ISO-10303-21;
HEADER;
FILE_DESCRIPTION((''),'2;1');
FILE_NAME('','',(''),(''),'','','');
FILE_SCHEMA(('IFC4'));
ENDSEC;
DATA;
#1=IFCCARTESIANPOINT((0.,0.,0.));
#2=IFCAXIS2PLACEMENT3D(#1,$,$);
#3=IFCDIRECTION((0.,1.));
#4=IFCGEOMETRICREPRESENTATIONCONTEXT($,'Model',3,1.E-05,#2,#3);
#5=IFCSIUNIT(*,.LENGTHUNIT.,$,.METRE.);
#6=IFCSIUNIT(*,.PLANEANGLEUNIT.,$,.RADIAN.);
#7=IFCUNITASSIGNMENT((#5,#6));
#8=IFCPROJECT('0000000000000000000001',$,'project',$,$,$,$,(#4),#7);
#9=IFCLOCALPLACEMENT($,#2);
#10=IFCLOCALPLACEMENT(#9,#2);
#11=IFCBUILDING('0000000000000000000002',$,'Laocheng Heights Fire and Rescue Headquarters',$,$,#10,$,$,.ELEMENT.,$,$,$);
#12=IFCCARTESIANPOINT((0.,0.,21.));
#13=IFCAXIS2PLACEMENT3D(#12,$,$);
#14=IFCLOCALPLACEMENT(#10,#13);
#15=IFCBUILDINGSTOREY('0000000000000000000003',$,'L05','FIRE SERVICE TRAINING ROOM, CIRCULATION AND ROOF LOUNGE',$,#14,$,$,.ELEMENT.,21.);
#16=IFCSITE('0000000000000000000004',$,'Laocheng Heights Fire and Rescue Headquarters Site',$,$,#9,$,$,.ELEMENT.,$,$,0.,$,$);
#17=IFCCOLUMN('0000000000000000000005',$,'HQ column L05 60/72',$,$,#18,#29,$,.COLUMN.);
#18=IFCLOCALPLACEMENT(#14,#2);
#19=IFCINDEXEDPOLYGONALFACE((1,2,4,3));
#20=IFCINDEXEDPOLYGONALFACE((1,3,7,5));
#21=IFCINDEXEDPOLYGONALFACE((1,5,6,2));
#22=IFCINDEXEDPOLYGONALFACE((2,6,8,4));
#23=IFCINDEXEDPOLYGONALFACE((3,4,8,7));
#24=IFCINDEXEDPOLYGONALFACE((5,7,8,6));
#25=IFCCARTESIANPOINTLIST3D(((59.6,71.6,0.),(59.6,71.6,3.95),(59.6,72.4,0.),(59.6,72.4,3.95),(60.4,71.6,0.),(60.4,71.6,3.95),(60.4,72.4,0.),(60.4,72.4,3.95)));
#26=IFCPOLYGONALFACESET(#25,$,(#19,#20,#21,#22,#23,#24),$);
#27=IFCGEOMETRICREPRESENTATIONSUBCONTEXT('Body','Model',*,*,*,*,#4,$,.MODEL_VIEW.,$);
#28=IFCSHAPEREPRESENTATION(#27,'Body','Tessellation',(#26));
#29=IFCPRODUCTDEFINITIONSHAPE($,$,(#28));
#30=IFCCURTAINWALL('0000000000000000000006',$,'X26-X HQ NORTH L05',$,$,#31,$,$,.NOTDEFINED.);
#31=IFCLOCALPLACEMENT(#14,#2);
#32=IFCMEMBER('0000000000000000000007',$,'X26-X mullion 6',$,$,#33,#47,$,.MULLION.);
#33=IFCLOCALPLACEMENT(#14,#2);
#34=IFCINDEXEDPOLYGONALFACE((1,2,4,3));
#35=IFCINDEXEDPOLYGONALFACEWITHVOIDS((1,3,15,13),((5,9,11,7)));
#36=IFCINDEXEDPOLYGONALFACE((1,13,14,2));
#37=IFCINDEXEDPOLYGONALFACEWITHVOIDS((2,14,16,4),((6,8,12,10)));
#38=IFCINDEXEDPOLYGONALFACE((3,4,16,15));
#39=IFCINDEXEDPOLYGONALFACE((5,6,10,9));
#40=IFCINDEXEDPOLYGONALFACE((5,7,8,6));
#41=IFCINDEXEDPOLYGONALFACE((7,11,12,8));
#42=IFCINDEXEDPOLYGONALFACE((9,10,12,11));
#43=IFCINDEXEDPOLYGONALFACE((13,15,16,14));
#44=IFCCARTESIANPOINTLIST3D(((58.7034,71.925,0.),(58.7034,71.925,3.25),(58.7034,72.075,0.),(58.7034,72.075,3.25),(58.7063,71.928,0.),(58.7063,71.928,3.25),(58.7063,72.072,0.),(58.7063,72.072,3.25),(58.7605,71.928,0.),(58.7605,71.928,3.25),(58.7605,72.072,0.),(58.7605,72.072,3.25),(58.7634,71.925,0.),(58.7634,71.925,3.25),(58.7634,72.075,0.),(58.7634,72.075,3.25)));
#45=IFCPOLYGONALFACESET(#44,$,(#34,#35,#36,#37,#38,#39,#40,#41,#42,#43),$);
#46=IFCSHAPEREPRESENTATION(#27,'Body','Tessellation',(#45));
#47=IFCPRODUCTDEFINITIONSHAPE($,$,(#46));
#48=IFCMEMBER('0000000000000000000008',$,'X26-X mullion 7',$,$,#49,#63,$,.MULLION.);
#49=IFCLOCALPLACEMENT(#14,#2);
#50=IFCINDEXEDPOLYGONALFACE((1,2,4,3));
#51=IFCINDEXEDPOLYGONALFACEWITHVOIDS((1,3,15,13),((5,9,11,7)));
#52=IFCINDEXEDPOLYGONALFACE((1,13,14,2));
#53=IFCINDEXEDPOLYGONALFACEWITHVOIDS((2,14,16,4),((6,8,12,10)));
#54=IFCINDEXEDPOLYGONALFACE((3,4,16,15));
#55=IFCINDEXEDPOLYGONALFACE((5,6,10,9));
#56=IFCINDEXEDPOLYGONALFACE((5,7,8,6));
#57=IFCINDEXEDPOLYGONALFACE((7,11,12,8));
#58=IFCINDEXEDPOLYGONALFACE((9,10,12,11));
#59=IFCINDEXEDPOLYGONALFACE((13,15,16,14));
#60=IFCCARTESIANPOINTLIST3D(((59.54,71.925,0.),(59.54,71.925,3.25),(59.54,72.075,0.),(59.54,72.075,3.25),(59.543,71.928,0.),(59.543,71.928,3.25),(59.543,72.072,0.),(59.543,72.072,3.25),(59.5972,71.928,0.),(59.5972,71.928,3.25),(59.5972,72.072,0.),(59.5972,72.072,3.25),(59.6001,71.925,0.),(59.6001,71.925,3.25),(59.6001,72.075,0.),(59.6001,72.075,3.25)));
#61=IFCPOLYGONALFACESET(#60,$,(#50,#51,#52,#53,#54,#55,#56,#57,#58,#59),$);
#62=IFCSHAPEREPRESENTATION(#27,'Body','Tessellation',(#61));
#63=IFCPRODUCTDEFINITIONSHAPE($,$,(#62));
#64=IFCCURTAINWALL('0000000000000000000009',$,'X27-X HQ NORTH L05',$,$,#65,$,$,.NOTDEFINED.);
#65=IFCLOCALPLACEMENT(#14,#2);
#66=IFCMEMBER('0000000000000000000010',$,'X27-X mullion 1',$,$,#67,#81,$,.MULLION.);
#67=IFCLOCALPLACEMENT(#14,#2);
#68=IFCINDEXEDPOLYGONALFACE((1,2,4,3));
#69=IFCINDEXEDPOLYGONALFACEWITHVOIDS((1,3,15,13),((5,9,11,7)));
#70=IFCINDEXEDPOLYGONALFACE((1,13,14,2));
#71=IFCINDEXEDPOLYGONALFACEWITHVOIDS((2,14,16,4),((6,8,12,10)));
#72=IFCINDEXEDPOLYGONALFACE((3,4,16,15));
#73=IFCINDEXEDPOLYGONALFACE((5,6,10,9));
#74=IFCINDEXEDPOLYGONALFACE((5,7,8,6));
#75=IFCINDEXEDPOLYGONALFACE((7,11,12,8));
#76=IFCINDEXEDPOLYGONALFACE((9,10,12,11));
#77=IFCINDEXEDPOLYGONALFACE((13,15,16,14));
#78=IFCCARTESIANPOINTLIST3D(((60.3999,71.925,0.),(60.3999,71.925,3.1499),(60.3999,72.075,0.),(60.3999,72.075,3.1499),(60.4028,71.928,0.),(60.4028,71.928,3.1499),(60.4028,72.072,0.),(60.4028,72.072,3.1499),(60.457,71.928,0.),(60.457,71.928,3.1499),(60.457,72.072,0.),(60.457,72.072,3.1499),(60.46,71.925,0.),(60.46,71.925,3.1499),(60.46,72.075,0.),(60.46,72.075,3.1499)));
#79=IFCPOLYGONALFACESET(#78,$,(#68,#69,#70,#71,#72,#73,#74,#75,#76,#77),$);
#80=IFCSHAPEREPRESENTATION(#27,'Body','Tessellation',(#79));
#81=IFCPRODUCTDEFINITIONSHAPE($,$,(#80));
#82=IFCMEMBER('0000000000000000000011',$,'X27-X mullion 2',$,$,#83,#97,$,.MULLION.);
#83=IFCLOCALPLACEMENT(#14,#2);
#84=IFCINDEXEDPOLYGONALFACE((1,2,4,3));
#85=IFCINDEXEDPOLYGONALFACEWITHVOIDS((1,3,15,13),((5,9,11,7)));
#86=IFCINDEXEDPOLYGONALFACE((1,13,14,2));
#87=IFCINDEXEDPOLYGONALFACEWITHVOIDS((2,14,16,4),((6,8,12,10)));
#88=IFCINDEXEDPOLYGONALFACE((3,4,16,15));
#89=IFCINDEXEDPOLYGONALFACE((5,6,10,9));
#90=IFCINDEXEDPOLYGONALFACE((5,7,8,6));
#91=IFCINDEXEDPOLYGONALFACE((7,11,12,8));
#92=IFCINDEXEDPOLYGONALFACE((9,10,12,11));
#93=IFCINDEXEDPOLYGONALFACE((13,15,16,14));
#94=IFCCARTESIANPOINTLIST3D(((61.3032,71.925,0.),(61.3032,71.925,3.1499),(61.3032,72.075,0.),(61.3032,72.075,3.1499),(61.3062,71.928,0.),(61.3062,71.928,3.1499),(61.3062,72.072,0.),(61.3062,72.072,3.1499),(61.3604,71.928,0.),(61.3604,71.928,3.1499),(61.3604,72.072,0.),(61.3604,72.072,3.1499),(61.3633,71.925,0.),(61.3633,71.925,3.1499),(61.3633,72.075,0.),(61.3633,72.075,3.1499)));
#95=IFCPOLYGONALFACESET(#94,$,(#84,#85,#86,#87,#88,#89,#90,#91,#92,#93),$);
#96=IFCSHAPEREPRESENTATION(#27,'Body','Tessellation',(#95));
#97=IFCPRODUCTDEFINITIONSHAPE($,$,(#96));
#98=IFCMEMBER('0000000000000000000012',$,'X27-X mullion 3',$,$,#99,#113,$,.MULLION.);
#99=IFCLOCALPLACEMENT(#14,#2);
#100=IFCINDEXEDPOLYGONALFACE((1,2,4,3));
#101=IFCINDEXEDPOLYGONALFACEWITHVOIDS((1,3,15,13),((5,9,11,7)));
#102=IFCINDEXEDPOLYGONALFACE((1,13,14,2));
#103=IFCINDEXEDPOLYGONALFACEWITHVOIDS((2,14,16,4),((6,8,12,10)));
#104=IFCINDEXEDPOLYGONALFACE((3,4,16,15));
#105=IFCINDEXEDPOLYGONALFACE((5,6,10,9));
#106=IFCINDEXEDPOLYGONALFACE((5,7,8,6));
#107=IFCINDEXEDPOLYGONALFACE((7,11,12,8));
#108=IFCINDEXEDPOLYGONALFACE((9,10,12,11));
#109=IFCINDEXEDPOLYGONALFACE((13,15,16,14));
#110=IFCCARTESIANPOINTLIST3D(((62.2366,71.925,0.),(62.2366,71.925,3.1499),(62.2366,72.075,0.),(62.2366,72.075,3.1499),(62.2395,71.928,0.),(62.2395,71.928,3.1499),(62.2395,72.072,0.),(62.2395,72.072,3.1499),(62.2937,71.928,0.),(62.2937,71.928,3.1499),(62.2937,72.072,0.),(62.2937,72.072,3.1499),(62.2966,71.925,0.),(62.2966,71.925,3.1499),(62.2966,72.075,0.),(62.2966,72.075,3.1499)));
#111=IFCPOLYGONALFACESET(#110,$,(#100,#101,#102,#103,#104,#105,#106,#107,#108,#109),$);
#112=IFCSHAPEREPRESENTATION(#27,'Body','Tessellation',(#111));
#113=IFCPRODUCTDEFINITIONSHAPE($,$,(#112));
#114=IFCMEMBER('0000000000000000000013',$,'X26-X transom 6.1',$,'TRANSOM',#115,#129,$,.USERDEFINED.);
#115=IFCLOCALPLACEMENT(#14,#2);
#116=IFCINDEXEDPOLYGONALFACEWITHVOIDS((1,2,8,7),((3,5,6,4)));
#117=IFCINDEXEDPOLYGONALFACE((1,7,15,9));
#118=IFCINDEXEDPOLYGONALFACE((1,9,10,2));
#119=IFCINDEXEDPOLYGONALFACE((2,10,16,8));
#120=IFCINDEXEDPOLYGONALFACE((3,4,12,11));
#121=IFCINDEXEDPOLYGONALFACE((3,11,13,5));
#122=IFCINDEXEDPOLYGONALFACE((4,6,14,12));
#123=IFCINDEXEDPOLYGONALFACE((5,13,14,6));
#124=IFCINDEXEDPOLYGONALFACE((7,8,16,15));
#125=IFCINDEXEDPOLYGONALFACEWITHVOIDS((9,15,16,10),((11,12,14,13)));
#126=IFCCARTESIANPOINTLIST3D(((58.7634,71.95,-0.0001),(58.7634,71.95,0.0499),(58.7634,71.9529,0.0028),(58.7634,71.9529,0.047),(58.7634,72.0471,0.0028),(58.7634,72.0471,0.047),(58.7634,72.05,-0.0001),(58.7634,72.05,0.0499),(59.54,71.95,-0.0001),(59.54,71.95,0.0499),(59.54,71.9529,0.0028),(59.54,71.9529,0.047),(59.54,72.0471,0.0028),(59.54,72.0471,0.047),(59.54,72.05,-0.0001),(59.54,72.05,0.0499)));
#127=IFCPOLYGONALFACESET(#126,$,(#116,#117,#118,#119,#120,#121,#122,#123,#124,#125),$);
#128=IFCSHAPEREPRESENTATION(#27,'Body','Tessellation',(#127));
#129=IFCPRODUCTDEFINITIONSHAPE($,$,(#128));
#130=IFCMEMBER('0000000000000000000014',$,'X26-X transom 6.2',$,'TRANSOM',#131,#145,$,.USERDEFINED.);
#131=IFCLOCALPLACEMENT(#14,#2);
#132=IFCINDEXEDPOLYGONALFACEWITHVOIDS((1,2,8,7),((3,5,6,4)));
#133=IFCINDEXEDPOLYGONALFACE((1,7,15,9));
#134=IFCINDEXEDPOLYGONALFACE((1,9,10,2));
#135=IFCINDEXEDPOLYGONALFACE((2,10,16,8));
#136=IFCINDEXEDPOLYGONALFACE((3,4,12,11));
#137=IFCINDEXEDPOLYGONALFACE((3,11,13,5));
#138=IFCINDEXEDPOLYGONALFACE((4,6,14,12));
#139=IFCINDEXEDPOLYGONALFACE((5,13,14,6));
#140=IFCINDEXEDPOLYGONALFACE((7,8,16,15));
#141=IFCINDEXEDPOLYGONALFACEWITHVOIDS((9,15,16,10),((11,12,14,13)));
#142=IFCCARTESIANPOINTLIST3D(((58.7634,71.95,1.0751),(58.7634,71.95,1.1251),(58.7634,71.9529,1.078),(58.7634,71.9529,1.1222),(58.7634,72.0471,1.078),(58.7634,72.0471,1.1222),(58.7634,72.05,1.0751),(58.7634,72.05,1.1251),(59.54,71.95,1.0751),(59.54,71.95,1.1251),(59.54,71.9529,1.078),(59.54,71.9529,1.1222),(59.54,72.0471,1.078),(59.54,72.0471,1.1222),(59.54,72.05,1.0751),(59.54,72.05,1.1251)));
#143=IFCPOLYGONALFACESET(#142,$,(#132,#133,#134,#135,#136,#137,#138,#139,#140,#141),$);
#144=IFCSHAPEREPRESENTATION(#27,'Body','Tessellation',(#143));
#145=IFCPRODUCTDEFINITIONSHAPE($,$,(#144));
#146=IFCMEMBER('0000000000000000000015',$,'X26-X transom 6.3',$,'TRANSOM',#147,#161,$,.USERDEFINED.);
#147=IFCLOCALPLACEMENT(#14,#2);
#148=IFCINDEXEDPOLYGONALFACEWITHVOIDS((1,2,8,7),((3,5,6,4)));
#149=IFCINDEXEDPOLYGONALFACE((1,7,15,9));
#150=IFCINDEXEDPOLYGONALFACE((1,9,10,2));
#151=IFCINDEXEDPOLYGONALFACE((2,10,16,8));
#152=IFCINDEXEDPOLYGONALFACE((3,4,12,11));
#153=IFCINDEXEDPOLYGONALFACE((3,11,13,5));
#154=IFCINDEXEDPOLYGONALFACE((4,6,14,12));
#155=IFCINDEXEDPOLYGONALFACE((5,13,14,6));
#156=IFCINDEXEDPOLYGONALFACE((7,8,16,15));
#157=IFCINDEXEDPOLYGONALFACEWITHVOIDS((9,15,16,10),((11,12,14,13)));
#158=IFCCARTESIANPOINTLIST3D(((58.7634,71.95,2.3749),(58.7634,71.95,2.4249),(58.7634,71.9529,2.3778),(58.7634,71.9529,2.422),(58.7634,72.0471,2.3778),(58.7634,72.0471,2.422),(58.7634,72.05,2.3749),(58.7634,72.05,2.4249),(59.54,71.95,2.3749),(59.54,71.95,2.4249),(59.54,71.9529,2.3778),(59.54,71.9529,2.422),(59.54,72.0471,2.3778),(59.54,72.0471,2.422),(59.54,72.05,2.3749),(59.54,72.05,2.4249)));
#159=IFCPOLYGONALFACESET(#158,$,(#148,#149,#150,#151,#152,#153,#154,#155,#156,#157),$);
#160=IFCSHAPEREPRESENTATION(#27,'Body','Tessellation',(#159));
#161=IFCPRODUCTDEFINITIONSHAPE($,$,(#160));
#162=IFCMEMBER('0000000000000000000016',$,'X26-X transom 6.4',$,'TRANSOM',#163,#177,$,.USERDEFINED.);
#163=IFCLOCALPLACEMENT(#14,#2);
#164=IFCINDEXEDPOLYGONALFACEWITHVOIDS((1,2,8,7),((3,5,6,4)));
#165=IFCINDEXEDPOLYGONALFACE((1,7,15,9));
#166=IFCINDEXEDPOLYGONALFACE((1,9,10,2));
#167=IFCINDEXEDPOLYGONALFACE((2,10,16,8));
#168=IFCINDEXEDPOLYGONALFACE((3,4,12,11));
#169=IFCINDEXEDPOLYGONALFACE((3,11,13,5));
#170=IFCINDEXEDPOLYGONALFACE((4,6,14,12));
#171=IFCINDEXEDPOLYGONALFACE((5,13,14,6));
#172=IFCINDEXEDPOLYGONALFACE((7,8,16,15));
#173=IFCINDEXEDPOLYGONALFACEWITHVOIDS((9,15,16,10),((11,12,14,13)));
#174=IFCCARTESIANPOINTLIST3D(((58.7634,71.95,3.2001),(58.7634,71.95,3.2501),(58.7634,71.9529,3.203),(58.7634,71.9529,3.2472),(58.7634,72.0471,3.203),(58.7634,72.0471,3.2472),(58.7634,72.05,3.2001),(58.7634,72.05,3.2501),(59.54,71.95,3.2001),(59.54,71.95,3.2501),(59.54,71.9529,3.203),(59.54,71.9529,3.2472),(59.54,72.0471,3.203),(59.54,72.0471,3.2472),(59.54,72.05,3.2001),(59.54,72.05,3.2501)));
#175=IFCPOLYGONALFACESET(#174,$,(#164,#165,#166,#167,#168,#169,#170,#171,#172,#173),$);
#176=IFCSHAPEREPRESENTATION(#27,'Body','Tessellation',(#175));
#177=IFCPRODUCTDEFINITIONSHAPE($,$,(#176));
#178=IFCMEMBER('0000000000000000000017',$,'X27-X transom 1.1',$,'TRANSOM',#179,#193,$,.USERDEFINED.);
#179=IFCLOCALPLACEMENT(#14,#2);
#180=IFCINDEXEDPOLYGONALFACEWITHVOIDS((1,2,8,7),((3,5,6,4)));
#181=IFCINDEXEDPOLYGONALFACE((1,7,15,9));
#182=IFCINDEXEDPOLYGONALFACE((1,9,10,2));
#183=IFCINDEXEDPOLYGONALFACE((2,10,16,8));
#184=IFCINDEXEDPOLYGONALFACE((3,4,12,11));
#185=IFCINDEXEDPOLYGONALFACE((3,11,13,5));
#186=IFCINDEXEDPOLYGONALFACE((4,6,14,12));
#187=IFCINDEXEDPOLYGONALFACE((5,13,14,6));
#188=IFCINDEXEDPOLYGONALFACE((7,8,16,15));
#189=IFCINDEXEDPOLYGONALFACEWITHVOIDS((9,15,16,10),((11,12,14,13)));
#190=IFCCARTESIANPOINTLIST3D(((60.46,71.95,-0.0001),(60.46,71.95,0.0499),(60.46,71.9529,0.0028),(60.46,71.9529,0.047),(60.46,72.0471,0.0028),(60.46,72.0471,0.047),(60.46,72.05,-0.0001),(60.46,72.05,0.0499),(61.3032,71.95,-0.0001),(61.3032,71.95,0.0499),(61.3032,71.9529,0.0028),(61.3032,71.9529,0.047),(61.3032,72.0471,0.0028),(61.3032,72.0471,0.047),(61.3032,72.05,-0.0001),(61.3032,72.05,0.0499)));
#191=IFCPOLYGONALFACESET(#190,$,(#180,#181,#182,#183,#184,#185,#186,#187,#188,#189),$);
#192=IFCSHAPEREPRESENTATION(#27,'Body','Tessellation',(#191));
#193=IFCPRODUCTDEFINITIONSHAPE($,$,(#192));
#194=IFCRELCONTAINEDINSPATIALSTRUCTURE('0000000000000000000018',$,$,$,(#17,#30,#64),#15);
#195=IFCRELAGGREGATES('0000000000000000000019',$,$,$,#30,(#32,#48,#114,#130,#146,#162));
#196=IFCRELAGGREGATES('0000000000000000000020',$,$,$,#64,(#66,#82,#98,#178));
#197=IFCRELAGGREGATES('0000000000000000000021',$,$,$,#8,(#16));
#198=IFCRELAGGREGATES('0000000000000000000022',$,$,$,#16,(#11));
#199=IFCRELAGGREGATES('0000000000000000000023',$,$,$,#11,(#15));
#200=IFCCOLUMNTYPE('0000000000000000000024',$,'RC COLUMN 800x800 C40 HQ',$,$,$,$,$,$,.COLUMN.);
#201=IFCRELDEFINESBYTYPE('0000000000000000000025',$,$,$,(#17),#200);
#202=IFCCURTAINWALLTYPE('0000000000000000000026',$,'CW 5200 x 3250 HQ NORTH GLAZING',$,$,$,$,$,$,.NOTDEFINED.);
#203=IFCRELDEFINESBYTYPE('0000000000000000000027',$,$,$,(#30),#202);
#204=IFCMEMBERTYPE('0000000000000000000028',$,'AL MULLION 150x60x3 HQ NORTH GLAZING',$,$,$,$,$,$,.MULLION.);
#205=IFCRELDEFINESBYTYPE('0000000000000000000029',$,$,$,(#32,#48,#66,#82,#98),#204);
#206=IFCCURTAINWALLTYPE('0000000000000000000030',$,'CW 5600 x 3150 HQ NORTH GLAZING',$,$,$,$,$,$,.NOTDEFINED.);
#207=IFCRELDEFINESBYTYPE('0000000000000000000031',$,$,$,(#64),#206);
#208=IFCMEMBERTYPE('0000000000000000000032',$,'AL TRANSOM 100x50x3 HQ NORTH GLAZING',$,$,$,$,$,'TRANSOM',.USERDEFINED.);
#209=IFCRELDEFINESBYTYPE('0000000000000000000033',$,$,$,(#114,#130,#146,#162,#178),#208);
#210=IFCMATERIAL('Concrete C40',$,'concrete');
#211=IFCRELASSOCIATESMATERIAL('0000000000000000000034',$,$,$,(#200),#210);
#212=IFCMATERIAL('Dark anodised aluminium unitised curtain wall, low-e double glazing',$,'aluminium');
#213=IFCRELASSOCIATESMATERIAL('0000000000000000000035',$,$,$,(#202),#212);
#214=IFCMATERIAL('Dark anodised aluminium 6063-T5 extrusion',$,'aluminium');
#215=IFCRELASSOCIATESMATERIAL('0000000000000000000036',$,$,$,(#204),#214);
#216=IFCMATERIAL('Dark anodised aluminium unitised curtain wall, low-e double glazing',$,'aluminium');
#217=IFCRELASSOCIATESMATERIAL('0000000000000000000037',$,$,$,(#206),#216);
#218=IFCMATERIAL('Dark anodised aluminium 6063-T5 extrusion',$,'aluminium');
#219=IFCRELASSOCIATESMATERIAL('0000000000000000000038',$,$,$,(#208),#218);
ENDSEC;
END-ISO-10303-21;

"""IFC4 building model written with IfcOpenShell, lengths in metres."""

from ifc_helpers import new_model, si_unit, direction, frame, origin, origin_2d, place, context, subcontext, project, spatial, rectangle, hollow_rectangle, extrude, material, material_profile, profile_set, type_object, element, aggregate, save


model = new_model("IFC4")

# Units and contexts
model_context = context("Model", 3, precision=1e-05, world=origin(), true_north=direction((0.0, 1.0)))
body_context = subcontext(model_context, "Body", "Model", "MODEL_VIEW")
ifc_project = project(units=[si_unit("LENGTHUNIT", "METRE"), si_unit("PLANEANGLEUNIT", "RADIAN")], contexts=[model_context])

# Site, building, storey
site_placement = place(None, origin())
site = spatial("IfcSite", under=ifc_project, at=site_placement, Name="Laocheng Heights Fire and Rescue Headquarters Site", CompositionType="ELEMENT", RefElevation=0.0)
building_placement = place(site_placement, origin())
building = spatial("IfcBuilding", under=site, at=building_placement, Name="Laocheng Heights Fire and Rescue Headquarters", CompositionType="ELEMENT")
storey_placement = place(building_placement, frame((0.0, 0.0, 21.0)))
storey = spatial("IfcBuildingStorey", under=building, at=storey_placement, Name="L05", Description="FIRE SERVICE TRAINING ROOM, CIRCULATION AND ROOF LOUNGE", CompositionType="ELEMENT", Elevation=21.0)

# Column
ifc_material_1 = material(Name="Concrete C40", Category="concrete")
ifc_material_profile_1 = material_profile(ifc_material_1, rectangle(XDim=0.8, YDim=0.8, at=origin_2d()), Name="RC COLUMN 800x800 C40 HQ")
ifc_profile_set_1 = profile_set([ifc_material_profile_1], Name="Concrete C40")
column_type = type_object("IfcColumnType", Name="RC COLUMN 800x800 C40 HQ", PredefinedType="COLUMN", material=ifc_profile_set_1)
column_placement = place(storey_placement, frame((60.0, 72.0, 0.0), z_axis=(0.0, 0.0, 1.0), x_axis=(1.0, 0.0, 0.0)))
element("IfcColumn", 1, at=column_placement, inside=storey, type_object=column_type, Name="HQ column L05 60/72", PredefinedType="COLUMN", context=body_context, shape_type="SweptSolid", body=[
    extrude(rectangle(XDim=0.8, YDim=0.8, at=origin_2d()), origin(), (0.0, 0.0, 1.0), 3.95),
])

# Curtain walls, members
ifc_material_2 = material(Name="Dark anodised aluminium unitised curtain wall, low-e double glazing", Category="aluminium")
curtain_wall_type_1 = type_object("IfcCurtainWallType", Name="CW 5200 x 3250 HQ NORTH GLAZING", PredefinedType="NOTDEFINED", material=ifc_material_2)
curtain_wall_1_placement = place(storey_placement, origin())
curtain_wall_1 = element("IfcCurtainWall", 2, at=curtain_wall_1_placement, inside=storey, type_object=curtain_wall_type_1, Name="X26-X HQ NORTH L05", PredefinedType="NOTDEFINED")
ifc_material_3 = material(Name="Dark anodised aluminium 6063-T5 extrusion", Category="aluminium")
ifc_material_profile_2 = material_profile(ifc_material_3, hollow_rectangle(XDim=0.1499, YDim=0.0601, WallThickness=0.0029, at=origin_2d()), Name="AL MULLION 150x60x3 HQ NORTH GLAZING")
ifc_profile_set_2 = profile_set([ifc_material_profile_2], Name="Dark anodised aluminium 6063-T5 extrusion")
member_type_1 = type_object("IfcMemberType", Name="AL MULLION 150x60x3 HQ NORTH GLAZING", PredefinedType="MULLION", material=ifc_profile_set_2)
member_1_placement = place(storey_placement, frame((58.7334, 72.0, 0.0), z_axis=(0.0, 0.0, 1.0), x_axis=(0.0, 1.0, 0.0)))
member_1 = element("IfcMember", 3, at=member_1_placement, type_object=member_type_1, Name="X26-X mullion 6", PredefinedType="MULLION", context=body_context, shape_type="SweptSolid", body=[
    extrude(hollow_rectangle(XDim=0.1499, YDim=0.0601, WallThickness=0.0029, at=origin_2d()), origin(), (0.0, 0.0, 1.0), 3.25),
])
member_2_placement = place(storey_placement, frame((59.5701, 72.0, 0.0), z_axis=(0.0, 0.0, 1.0), x_axis=(0.0, 1.0, 0.0)))
member_2 = element("IfcMember", 4, at=member_2_placement, type_object=member_type_1, Name="X26-X mullion 7", PredefinedType="MULLION", context=body_context, shape_type="SweptSolid", body=[
    extrude(hollow_rectangle(XDim=0.1499, YDim=0.0601, WallThickness=0.0029, at=origin_2d()), origin(), (0.0, 0.0, 1.0), 3.25),
])
ifc_material_4 = material(Name="Dark anodised aluminium unitised curtain wall, low-e double glazing", Category="aluminium")
curtain_wall_type_2 = type_object("IfcCurtainWallType", Name="CW 5600 x 3150 HQ NORTH GLAZING", PredefinedType="NOTDEFINED", material=ifc_material_4)
curtain_wall_2_placement = place(storey_placement, origin())
curtain_wall_2 = element("IfcCurtainWall", 5, at=curtain_wall_2_placement, inside=storey, type_object=curtain_wall_type_2, Name="X27-X HQ NORTH L05", PredefinedType="NOTDEFINED")
member_3_placement = place(storey_placement, frame((60.4299, 72.0, 0.0), z_axis=(0.0, 0.0, 1.0), x_axis=(0.0, 1.0, 0.0)))
member_3 = element("IfcMember", 6, at=member_3_placement, type_object=member_type_1, Name="X27-X mullion 1", PredefinedType="MULLION", context=body_context, shape_type="SweptSolid", body=[
    extrude(hollow_rectangle(XDim=0.1499, YDim=0.0601, WallThickness=0.0029, at=origin_2d()), origin(), (0.0, 0.0, 1.0), 3.1499),
])
member_4_placement = place(storey_placement, frame((61.3333, 72.0, 0.0), z_axis=(0.0, 0.0, 1.0), x_axis=(0.0, 1.0, 0.0)))
member_4 = element("IfcMember", 7, at=member_4_placement, type_object=member_type_1, Name="X27-X mullion 2", PredefinedType="MULLION", context=body_context, shape_type="SweptSolid", body=[
    extrude(hollow_rectangle(XDim=0.1499, YDim=0.0601, WallThickness=0.0029, at=origin_2d()), origin(), (0.0, 0.0, 1.0), 3.1499),
])
member_5_placement = place(storey_placement, frame((62.2666, 72.0, 0.0), z_axis=(0.0, 0.0, 1.0), x_axis=(0.0, 1.0, 0.0)))
member_5 = element("IfcMember", 8, at=member_5_placement, type_object=member_type_1, Name="X27-X mullion 3", PredefinedType="MULLION", context=body_context, shape_type="SweptSolid", body=[
    extrude(hollow_rectangle(XDim=0.1499, YDim=0.0601, WallThickness=0.0029, at=origin_2d()), origin(), (0.0, 0.0, 1.0), 3.1499),
])

# Members
ifc_material_5 = material(Name="Dark anodised aluminium 6063-T5 extrusion", Category="aluminium")
ifc_material_profile_3 = material_profile(ifc_material_5, hollow_rectangle(XDim=0.1001, YDim=0.05, WallThickness=0.0029, at=origin_2d()), Name="AL TRANSOM 100x50x3 HQ NORTH GLAZING")
ifc_profile_set_3 = profile_set([ifc_material_profile_3], Name="Dark anodised aluminium 6063-T5 extrusion")
member_type_2 = type_object("IfcMemberType", Name="AL TRANSOM 100x50x3 HQ NORTH GLAZING", ElementType="TRANSOM", PredefinedType="USERDEFINED", material=ifc_profile_set_3)
member_6_placement = place(storey_placement, frame((58.7634, 72.0, 0.0249), z_axis=(1.0, 0.0, 0.0), x_axis=(0.0, 1.0, 0.0)))
member_6 = element("IfcMember", 9, at=member_6_placement, type_object=member_type_2, Name="X26-X transom 6.1", ObjectType="TRANSOM", PredefinedType="USERDEFINED", context=body_context, shape_type="SweptSolid", body=[
    extrude(hollow_rectangle(XDim=0.1001, YDim=0.05, WallThickness=0.0029, at=origin_2d()), origin(), (0.0, 0.0, 1.0), 0.7766),
])
member_7_placement = place(storey_placement, frame((58.7634, 72.0, 1.1001), z_axis=(1.0, 0.0, 0.0), x_axis=(0.0, 1.0, 0.0)))
member_7 = element("IfcMember", 10, at=member_7_placement, type_object=member_type_2, Name="X26-X transom 6.2", ObjectType="TRANSOM", PredefinedType="USERDEFINED", context=body_context, shape_type="SweptSolid", body=[
    extrude(hollow_rectangle(XDim=0.1001, YDim=0.05, WallThickness=0.0029, at=origin_2d()), origin(), (0.0, 0.0, 1.0), 0.7766),
])
member_8_placement = place(storey_placement, frame((58.7634, 72.0, 2.3999), z_axis=(1.0, 0.0, 0.0), x_axis=(0.0, 1.0, 0.0)))
member_8 = element("IfcMember", 11, at=member_8_placement, type_object=member_type_2, Name="X26-X transom 6.3", ObjectType="TRANSOM", PredefinedType="USERDEFINED", context=body_context, shape_type="SweptSolid", body=[
    extrude(hollow_rectangle(XDim=0.1001, YDim=0.05, WallThickness=0.0029, at=origin_2d()), origin(), (0.0, 0.0, 1.0), 0.7766),
])
member_9_placement = place(storey_placement, frame((58.7634, 72.0, 3.2251), z_axis=(1.0, 0.0, 0.0), x_axis=(0.0, 1.0, 0.0)))
member_9 = element("IfcMember", 12, at=member_9_placement, type_object=member_type_2, Name="X26-X transom 6.4", ObjectType="TRANSOM", PredefinedType="USERDEFINED", context=body_context, shape_type="SweptSolid", body=[
    extrude(hollow_rectangle(XDim=0.1001, YDim=0.05, WallThickness=0.0029, at=origin_2d()), origin(), (0.0, 0.0, 1.0), 0.7766),
])
member_10_placement = place(storey_placement, frame((60.46, 72.0, 0.0249), z_axis=(1.0, 0.0, 0.0), x_axis=(0.0, 1.0, 0.0)))
member_10 = element("IfcMember", 13, at=member_10_placement, type_object=member_type_2, Name="X27-X transom 1.1", ObjectType="TRANSOM", PredefinedType="USERDEFINED", context=body_context, shape_type="SweptSolid", body=[
    extrude(hollow_rectangle(XDim=0.1001, YDim=0.05, WallThickness=0.0029, at=origin_2d()), origin(), (0.0, 0.0, 1.0), 0.8433),
])

aggregate(curtain_wall_1, [member_1, member_2, member_6, member_7, member_8, member_9])
aggregate(curtain_wall_2, [member_3, member_4, member_5, member_10])

save(model, "model.ifc")
